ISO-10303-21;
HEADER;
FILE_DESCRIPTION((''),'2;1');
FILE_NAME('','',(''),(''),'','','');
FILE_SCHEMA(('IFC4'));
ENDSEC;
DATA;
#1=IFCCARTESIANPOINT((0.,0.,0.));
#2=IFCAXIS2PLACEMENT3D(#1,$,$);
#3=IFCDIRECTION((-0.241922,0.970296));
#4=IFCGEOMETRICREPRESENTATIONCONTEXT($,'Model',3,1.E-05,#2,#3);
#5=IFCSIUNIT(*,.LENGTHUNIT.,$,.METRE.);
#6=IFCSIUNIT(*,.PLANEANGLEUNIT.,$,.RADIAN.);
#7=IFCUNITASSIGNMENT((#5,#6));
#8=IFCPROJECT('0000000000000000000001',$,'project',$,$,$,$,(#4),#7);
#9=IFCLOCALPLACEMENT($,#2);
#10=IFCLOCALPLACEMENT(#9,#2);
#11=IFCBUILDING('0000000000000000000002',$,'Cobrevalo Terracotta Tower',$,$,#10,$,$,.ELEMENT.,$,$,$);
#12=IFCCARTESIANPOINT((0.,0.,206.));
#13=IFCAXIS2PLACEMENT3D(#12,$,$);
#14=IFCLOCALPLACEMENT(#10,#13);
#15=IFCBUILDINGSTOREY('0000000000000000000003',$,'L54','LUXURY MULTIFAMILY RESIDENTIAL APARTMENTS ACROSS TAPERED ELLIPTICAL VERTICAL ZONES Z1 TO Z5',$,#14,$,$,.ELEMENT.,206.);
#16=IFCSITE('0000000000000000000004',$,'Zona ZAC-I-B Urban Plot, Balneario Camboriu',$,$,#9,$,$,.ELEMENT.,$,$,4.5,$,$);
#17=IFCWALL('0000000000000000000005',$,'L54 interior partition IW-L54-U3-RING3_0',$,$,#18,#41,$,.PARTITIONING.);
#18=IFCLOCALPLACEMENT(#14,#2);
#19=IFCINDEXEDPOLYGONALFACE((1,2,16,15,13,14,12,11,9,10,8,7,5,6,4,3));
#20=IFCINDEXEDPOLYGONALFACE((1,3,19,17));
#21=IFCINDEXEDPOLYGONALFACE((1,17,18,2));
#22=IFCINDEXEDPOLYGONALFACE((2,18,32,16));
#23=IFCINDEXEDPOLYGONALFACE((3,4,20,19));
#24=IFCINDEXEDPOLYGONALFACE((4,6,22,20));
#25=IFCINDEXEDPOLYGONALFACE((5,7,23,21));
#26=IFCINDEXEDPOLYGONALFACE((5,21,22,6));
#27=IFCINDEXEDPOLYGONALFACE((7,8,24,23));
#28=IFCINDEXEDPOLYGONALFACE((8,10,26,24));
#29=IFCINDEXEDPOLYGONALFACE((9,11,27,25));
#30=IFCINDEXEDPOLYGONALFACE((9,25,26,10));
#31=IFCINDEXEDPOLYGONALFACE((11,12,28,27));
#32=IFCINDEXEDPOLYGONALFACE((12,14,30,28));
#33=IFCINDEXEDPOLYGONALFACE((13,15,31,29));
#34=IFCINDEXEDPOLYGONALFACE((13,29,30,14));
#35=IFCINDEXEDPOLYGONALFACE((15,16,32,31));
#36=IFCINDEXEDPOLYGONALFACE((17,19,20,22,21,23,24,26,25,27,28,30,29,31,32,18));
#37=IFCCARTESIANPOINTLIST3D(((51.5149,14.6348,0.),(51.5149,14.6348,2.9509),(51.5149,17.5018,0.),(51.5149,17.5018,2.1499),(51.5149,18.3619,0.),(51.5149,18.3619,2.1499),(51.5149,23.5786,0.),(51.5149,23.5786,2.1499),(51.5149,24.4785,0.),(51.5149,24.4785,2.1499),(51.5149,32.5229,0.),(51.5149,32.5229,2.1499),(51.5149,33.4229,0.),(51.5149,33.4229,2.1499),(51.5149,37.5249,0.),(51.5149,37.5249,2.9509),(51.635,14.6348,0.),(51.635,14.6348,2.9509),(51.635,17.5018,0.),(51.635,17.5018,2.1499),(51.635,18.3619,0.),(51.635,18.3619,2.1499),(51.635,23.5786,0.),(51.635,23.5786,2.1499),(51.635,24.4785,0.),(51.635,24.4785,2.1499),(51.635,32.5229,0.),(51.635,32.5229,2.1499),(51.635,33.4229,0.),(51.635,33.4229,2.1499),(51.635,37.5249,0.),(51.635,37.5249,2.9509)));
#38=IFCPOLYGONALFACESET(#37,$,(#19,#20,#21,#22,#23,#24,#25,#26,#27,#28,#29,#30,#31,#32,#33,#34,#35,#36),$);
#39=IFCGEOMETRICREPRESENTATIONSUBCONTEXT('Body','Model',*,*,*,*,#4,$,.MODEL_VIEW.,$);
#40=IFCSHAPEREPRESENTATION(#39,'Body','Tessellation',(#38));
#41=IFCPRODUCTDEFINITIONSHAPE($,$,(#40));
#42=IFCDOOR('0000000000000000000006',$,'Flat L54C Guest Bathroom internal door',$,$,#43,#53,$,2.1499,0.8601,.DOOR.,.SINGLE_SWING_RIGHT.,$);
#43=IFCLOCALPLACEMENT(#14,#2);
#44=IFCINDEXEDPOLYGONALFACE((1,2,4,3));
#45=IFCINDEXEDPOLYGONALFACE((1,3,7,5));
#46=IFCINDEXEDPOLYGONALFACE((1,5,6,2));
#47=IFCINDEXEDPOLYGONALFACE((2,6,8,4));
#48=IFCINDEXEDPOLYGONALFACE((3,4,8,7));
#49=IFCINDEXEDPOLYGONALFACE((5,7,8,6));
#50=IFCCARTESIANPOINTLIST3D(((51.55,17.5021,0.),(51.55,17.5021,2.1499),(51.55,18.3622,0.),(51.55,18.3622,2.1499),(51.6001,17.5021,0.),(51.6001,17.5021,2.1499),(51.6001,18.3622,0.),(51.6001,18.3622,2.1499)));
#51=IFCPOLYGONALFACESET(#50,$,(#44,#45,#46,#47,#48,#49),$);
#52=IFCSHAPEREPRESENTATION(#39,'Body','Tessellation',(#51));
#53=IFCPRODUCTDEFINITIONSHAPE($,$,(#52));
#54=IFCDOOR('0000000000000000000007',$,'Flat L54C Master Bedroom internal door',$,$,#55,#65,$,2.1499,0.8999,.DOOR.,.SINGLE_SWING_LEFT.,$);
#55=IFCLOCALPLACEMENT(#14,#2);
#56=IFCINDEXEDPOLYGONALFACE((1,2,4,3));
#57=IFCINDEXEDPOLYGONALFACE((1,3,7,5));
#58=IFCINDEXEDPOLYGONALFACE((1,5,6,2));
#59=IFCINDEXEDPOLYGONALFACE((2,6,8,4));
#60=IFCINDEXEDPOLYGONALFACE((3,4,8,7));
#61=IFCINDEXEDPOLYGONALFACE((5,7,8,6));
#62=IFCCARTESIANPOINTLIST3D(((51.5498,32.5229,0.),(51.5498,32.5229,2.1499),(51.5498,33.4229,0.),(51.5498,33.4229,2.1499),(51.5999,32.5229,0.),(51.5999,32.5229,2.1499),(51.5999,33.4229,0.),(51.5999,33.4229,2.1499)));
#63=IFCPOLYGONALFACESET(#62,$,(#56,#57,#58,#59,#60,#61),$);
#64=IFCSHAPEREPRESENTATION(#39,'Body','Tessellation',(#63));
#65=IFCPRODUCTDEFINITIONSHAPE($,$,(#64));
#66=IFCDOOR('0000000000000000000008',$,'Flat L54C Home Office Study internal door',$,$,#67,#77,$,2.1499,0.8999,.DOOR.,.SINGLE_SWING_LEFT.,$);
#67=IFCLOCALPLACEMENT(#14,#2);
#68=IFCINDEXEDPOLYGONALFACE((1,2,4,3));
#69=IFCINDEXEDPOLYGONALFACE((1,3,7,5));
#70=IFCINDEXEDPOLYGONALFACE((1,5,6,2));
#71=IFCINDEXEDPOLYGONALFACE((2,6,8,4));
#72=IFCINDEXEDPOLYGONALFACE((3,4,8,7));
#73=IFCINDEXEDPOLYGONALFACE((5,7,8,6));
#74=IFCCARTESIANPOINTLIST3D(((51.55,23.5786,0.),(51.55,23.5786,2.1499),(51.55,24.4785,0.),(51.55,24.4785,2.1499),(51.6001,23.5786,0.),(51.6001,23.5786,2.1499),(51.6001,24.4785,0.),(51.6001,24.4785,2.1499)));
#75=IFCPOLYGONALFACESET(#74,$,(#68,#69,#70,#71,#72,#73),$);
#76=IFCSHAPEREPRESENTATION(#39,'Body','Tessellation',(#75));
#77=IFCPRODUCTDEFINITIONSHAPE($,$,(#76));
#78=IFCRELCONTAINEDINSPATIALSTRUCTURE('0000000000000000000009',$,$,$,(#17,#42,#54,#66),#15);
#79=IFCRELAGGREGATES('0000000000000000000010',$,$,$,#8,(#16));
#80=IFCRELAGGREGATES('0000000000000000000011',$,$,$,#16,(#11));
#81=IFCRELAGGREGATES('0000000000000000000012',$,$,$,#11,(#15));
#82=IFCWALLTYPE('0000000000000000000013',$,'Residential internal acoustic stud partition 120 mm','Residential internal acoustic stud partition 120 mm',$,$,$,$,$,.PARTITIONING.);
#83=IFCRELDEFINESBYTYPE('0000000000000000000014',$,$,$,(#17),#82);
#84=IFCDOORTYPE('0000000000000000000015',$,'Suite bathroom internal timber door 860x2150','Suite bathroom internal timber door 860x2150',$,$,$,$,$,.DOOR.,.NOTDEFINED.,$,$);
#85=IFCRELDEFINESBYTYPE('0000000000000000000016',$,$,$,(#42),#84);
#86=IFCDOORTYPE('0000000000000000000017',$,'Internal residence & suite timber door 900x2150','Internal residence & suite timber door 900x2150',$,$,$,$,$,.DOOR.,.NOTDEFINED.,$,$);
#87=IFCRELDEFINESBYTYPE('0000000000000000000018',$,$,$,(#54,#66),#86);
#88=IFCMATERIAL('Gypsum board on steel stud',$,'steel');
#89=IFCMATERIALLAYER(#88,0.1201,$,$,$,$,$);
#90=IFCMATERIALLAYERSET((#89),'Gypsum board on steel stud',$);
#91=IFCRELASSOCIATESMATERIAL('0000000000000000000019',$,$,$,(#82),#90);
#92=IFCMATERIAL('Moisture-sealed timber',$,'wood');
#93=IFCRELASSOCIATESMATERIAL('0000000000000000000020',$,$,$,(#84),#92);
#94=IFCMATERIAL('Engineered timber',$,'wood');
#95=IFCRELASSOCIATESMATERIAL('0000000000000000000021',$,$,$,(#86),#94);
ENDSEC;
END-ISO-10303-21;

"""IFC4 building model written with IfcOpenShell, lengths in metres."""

from ifc_helpers import new_model, si_unit, direction, frame, frame_2d, origin, place, context, subcontext, project, spatial, rectangle, extrude, source, transform, mapped, material, layer, layer_set, type_object, element, fill, save


model = new_model("IFC4")

# Units and contexts
model_context = context("Model", 3, precision=1e-05, world=origin(), true_north=direction((-0.241922, 0.970296)))
body_context = subcontext(model_context, "Body", "Model", "MODEL_VIEW")
ifc_project = project(units=[si_unit("LENGTHUNIT", "METRE"), si_unit("PLANEANGLEUNIT", "RADIAN")], contexts=[model_context])

# Site, building, storey
site_placement = place(None, origin())
site = spatial("IfcSite", under=ifc_project, at=site_placement, Name="Zona ZAC-I-B Urban Plot, Balneario Camboriu", CompositionType="ELEMENT", RefElevation=4.5)
building_placement = place(site_placement, origin())
building = spatial("IfcBuilding", under=site, at=building_placement, Name="Cobrevalo Terracotta Tower", CompositionType="ELEMENT")
storey_placement = place(building_placement, frame((0.0, 0.0, 206.0)))
storey = spatial("IfcBuildingStorey", under=building, at=storey_placement, Name="L54", Description="LUXURY MULTIFAMILY RESIDENTIAL APARTMENTS ACROSS TAPERED ELLIPTICAL VERTICAL ZONES Z1 TO Z5", CompositionType="ELEMENT", Elevation=206.0)

# Wall, openings, doors
ifc_material_1 = material(Name="Gypsum board on steel stud", Category="steel")
ifc_layer_1 = layer(ifc_material_1, 0.1201)
ifc_layer_set_1 = layer_set([ifc_layer_1], Name="Gypsum board on steel stud")
wall_type_1 = type_object("IfcWallType", Name="Residential internal acoustic stud partition 120 mm", Description="Residential internal acoustic stud partition 120 mm", PredefinedType="PARTITIONING", material=ifc_layer_set_1)
wall_1_placement = place(storey_placement, frame((51.575, 37.5249, 0.0), z_axis=(0.0, 0.0, 1.0), x_axis=(0.0, -1.0, 0.0)))
wall_1 = element("IfcWall", 1, at=wall_1_placement, inside=storey, type_object=wall_type_1, Name="L54 interior partition IW-L54-U3-RING3_0", PredefinedType="PARTITIONING", context=body_context, shape_type="SweptSolid", body=[
    extrude(rectangle(XDim=22.8901, YDim=0.1201, at=frame_2d((11.4451, 0.0))), origin(), (0.0, 0.0, 1.0), 2.9509),
])
opening_1_placement = place(wall_1_placement, frame((4.1021, 0.0, 0.0)))
opening_1 = element("IfcOpeningElement", 2, at=opening_1_placement, cuts=wall_1, PredefinedType="OPENING", context=body_context, shape_type="SweptSolid", body=[
    extrude(rectangle(XDim=0.8999, YDim=2.1499, at=frame_2d((0.45, 1.075))), frame((0.0, 0.0701, 0.0), z_axis=(0.0, -1.0, 0.0), x_axis=(1.0, 0.0, 0.0)), (0.0, 0.0, 1.0), 0.1401),
])
opening_2_placement = place(wall_1_placement, frame((19.1628, 0.0, 0.0)))
opening_2 = element("IfcOpeningElement", 3, at=opening_2_placement, cuts=wall_1, PredefinedType="OPENING", context=body_context, shape_type="SweptSolid", body=[
    extrude(rectangle(XDim=0.8601, YDim=2.1499, at=frame_2d((0.4302, 1.075))), frame((0.0, 0.0701, 0.0), z_axis=(0.0, -1.0, 0.0), x_axis=(1.0, 0.0, 0.0)), (0.0, 0.0, 1.0), 0.1401),
])
opening_3_placement = place(wall_1_placement, frame((13.0464, 0.0, 0.0)))
opening_3 = element("IfcOpeningElement", 4, at=opening_3_placement, cuts=wall_1, PredefinedType="OPENING", context=body_context, shape_type="SweptSolid", body=[
    extrude(rectangle(XDim=0.8999, YDim=2.1499, at=frame_2d((0.45, 1.075))), frame((0.0, 0.0701, 0.0), z_axis=(0.0, -1.0, 0.0), x_axis=(1.0, 0.0, 0.0)), (0.0, 0.0, 1.0), 0.1401),
])
ifc_material_2 = material(Name="Moisture-sealed timber", Category="wood")
door_type_1 = type_object("IfcDoorType", Name="Suite bathroom internal timber door 860x2150", Description="Suite bathroom internal timber door 860x2150", OperationType="NOTDEFINED", PredefinedType="DOOR", material=ifc_material_2)
shared_shape_1 = source(origin(), body_context, "Body", "SweptSolid", [
    extrude(rectangle(XDim=0.8601, YDim=2.1499, at=frame_2d((0.4302, 1.075))), frame((0.0, 0.0249, 0.0), z_axis=(0.0, -1.0, 0.0), x_axis=(1.0, 0.0, 0.0)), (0.0, 0.0, 1.0), 0.05),
])
door_1_placement = place(opening_2_placement, frame((0.8601, 0.0, 0.0), z_axis=(0.0, 0.0, 1.0), x_axis=(-1.0, 0.0, 0.0)))
door_1 = element("IfcDoor", 5, at=door_1_placement, inside=storey, type_object=door_type_1, Name="Flat L54C Guest Bathroom internal door", OperationType="SINGLE_SWING_RIGHT", OverallHeight=2.1499, OverallWidth=0.8601, PredefinedType="DOOR", context=body_context, shape_type="MappedRepresentation", body=[
    mapped(shared_shape_1, transform((0.0, 0.0, 0.0), scale=1.0)),
])
fill(opening_2, door_1)
ifc_material_3 = material(Name="Engineered timber", Category="wood")
door_type_2 = type_object("IfcDoorType", Name="Internal residence & suite timber door 900x2150", Description="Internal residence & suite timber door 900x2150", OperationType="NOTDEFINED", PredefinedType="DOOR", material=ifc_material_3)
shared_shape_2 = source(origin(), body_context, "Body", "SweptSolid", [
    extrude(rectangle(XDim=0.8999, YDim=2.1499, at=frame_2d((0.45, 1.075))), frame((0.0, 0.0249, 0.0), z_axis=(0.0, -1.0, 0.0), x_axis=(1.0, 0.0, 0.0)), (0.0, 0.0, 1.0), 0.05),
])
door_2_placement = place(opening_1_placement, origin())
door_2 = element("IfcDoor", 6, at=door_2_placement, inside=storey, type_object=door_type_2, Name="Flat L54C Master Bedroom internal door", OperationType="SINGLE_SWING_LEFT", OverallHeight=2.1499, OverallWidth=0.8999, PredefinedType="DOOR", context=body_context, shape_type="MappedRepresentation", body=[
    mapped(shared_shape_2, transform((0.0, 0.0, 0.0), scale=1.0)),
])
fill(opening_1, door_2)
door_3_placement = place(opening_3_placement, frame((0.8999, 0.0, 0.0), z_axis=(0.0, 0.0, 1.0), x_axis=(-1.0, 0.0, 0.0)))
door_3 = element("IfcDoor", 7, at=door_3_placement, inside=storey, type_object=door_type_2, Name="Flat L54C Home Office Study internal door", OperationType="SINGLE_SWING_LEFT", OverallHeight=2.1499, OverallWidth=0.8999, PredefinedType="DOOR", context=body_context, shape_type="MappedRepresentation", body=[
    mapped(shared_shape_2, transform((0.0, 0.0, 0.0), scale=1.0)),
])
fill(opening_3, door_3)

save(model, "model.ifc")
